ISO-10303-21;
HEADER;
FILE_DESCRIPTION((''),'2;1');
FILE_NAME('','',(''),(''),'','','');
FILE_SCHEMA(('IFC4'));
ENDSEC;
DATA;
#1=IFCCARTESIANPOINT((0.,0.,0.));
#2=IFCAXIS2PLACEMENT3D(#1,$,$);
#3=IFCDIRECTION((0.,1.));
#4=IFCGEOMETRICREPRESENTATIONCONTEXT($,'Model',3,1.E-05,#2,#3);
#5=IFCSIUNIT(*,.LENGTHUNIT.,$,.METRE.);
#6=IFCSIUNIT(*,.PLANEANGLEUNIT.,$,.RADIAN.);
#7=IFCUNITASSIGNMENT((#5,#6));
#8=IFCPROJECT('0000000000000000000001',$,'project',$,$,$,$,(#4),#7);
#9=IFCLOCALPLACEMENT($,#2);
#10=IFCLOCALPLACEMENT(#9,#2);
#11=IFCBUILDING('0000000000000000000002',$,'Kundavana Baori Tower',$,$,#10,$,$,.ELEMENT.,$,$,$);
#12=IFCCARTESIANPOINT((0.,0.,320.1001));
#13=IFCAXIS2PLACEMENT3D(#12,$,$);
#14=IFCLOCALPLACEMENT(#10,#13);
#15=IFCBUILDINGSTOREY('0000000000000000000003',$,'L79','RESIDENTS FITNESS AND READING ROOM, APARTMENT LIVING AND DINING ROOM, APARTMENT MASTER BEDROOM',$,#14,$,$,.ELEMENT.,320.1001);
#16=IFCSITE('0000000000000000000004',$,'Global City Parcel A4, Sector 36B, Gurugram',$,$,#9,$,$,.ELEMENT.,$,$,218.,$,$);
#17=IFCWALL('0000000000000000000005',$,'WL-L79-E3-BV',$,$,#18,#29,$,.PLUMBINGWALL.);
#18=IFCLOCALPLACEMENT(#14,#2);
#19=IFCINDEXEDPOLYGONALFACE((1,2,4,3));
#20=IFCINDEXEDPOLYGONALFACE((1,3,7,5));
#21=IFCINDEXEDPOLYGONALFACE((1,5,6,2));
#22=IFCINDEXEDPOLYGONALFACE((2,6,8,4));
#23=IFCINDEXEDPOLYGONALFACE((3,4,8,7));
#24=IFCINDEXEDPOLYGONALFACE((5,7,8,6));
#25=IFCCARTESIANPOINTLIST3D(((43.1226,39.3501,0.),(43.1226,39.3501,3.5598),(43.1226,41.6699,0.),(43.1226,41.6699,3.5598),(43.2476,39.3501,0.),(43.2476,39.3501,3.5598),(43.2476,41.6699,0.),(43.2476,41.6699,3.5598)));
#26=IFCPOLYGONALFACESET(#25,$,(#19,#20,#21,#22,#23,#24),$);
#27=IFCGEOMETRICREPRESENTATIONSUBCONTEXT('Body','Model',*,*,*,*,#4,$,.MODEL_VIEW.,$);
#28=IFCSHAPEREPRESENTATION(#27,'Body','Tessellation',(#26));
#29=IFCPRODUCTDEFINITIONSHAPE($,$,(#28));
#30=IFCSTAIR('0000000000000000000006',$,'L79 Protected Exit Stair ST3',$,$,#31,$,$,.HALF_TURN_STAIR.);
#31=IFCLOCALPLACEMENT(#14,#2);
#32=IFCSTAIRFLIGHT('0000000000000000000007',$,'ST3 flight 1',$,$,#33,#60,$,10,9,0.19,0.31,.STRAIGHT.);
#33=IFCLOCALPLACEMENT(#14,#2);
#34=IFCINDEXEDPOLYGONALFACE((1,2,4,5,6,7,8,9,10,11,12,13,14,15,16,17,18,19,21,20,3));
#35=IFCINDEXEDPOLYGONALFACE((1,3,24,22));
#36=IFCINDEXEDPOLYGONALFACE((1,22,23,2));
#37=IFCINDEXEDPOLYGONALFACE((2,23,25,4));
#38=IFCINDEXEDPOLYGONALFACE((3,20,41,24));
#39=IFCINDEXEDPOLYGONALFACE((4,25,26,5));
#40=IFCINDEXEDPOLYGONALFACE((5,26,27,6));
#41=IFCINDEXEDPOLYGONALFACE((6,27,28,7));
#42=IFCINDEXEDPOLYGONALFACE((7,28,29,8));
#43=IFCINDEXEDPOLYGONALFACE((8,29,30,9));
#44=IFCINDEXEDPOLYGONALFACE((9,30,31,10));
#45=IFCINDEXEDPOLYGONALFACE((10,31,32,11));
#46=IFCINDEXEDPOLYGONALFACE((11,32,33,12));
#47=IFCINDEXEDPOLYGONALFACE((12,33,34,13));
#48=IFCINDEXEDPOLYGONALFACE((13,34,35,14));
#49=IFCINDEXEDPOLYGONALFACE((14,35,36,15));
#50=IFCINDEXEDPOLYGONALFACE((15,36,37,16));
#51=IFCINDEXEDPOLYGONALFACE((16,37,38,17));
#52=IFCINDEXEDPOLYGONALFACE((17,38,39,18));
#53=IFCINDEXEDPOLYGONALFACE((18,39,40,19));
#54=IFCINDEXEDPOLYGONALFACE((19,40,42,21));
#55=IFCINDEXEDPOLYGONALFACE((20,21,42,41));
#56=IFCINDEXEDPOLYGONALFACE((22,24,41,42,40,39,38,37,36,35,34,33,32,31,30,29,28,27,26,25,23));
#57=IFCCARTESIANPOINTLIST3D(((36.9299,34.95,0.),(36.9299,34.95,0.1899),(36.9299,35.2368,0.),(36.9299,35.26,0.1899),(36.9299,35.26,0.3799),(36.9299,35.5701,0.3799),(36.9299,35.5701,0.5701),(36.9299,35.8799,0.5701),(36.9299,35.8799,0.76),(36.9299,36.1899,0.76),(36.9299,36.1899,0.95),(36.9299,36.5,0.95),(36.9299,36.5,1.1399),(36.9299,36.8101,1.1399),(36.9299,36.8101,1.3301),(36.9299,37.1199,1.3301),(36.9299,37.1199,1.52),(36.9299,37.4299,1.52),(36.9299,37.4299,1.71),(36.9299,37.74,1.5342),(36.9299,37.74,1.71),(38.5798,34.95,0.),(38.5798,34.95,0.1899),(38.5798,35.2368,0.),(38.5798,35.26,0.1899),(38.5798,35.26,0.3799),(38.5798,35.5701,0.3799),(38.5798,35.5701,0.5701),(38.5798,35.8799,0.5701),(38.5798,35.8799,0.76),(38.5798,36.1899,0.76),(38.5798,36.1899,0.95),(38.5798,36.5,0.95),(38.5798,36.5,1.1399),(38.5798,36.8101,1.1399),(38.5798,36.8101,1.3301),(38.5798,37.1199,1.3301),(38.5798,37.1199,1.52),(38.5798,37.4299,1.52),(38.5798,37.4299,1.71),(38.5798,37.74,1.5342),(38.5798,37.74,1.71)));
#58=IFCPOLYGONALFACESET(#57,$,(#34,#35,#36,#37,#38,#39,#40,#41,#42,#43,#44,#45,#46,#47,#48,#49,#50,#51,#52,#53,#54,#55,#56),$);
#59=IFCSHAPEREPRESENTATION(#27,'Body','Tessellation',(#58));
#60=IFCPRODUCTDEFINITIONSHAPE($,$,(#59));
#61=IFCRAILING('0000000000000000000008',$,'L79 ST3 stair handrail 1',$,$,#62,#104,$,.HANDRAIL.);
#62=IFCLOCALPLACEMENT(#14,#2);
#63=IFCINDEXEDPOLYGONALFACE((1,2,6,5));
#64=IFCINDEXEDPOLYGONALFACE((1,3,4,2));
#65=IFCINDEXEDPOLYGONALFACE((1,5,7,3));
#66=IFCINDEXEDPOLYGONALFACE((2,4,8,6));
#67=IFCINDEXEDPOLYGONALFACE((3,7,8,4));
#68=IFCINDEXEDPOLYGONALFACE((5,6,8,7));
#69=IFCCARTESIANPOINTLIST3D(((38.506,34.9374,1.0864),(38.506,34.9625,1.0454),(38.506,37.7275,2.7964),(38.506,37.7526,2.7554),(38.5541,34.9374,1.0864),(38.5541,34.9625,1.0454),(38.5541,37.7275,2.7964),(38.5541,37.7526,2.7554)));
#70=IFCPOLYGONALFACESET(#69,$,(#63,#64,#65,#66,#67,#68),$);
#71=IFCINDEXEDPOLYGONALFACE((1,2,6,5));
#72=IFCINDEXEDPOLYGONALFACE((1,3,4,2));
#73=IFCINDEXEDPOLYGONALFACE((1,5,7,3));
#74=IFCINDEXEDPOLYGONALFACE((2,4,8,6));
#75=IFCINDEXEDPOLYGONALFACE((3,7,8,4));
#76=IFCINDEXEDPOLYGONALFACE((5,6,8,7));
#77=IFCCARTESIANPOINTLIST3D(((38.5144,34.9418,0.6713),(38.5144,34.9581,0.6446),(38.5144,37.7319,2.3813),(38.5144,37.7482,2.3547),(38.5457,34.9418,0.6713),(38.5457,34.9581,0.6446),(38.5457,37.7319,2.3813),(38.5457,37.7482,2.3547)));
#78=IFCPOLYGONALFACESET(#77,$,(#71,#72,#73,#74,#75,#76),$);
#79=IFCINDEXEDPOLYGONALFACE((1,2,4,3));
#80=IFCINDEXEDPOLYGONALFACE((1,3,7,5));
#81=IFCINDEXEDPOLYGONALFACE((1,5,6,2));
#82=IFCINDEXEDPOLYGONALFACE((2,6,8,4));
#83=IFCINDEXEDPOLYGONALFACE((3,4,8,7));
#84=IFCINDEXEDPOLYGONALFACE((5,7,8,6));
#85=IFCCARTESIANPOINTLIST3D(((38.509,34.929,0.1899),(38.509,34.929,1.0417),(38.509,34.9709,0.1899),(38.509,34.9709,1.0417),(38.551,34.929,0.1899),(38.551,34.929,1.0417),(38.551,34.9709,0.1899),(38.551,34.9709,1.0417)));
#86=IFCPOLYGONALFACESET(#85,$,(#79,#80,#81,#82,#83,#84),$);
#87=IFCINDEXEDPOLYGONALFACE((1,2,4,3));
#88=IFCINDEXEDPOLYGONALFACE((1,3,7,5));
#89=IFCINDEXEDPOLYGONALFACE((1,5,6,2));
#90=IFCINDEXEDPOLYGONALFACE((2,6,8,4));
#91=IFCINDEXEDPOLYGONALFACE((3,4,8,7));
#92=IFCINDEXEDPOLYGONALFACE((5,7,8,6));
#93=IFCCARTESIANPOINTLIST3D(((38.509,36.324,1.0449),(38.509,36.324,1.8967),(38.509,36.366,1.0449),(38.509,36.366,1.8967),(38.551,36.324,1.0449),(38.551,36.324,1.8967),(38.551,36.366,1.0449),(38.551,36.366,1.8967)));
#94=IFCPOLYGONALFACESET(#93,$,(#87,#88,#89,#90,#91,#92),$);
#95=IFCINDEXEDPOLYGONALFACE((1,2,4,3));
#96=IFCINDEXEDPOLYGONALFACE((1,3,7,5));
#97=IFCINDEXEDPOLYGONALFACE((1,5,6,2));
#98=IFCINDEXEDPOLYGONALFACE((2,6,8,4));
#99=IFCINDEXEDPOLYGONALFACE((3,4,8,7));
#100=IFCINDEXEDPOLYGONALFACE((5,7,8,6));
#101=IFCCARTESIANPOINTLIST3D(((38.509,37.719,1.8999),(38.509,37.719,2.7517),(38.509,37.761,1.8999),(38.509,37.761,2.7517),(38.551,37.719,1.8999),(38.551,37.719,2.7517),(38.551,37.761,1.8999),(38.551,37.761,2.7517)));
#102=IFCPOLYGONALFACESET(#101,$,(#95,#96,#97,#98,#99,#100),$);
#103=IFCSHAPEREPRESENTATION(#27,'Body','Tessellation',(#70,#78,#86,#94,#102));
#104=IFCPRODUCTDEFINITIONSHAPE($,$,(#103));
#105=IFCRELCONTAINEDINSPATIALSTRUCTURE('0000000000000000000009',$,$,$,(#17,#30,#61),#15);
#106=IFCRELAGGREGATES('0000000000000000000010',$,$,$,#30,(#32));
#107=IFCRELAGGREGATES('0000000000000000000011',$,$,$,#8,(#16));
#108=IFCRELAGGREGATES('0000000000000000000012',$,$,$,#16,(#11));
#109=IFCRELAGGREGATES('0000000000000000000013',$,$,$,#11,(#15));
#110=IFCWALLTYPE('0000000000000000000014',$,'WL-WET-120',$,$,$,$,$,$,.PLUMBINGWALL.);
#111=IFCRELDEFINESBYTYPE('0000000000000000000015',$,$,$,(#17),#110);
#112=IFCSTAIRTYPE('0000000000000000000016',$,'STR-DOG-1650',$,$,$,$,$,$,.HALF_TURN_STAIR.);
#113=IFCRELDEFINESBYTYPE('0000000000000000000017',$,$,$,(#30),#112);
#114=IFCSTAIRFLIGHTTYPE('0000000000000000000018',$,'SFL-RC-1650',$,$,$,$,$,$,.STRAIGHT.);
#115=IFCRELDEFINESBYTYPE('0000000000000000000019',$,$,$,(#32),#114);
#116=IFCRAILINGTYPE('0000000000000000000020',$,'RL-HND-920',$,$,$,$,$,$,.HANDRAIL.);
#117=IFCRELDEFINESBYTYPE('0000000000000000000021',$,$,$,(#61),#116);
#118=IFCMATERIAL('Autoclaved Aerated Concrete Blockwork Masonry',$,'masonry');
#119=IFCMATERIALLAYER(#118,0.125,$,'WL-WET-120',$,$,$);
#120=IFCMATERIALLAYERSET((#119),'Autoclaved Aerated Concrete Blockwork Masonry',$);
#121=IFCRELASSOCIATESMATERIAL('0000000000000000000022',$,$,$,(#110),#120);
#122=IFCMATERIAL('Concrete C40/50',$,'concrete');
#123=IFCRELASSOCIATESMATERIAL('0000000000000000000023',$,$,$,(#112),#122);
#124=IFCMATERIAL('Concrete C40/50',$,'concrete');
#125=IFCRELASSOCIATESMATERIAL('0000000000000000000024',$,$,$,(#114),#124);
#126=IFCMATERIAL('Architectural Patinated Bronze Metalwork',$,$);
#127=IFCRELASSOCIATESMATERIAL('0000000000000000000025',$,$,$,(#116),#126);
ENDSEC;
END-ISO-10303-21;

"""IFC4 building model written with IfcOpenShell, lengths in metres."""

from ifc_helpers import new_model, si_unit, direction, frame, frame_2d, origin, origin_2d, place, context, subcontext, project, spatial, polyline, rectangle, outline, extrude, material, layer, layer_set, type_object, element, aggregate, save


model = new_model("IFC4")

# Units and contexts
model_context = context("Model", 3, precision=1e-05, world=origin(), true_north=direction((0.0, 1.0)))
body_context = subcontext(model_context, "Body", "Model", "MODEL_VIEW")
ifc_project = project(units=[si_unit("LENGTHUNIT", "METRE"), si_unit("PLANEANGLEUNIT", "RADIAN")], contexts=[model_context])

# Site, building, storey
site_placement = place(None, origin())
site = spatial("IfcSite", under=ifc_project, at=site_placement, Name="Global City Parcel A4, Sector 36B, Gurugram", CompositionType="ELEMENT", RefElevation=218.0)
building_placement = place(site_placement, origin())
building = spatial("IfcBuilding", under=site, at=building_placement, Name="Kundavana Baori Tower", CompositionType="ELEMENT")
storey_placement = place(building_placement, frame((0.0, 0.0, 320.1001)))
storey = spatial("IfcBuildingStorey", under=building, at=storey_placement, Name="L79", Description="RESIDENTS FITNESS AND READING ROOM, APARTMENT LIVING AND DINING ROOM, APARTMENT MASTER BEDROOM", CompositionType="ELEMENT", Elevation=320.1001)

# Shared definitions
ifc_material_1 = material(Name="Autoclaved Aerated Concrete Blockwork Masonry", Category="masonry")
ifc_layer_1 = layer(ifc_material_1, 0.125, Name="WL-WET-120")
ifc_layer_set_1 = layer_set([ifc_layer_1], Name="Autoclaved Aerated Concrete Blockwork Masonry")
wall_type_1 = type_object("IfcWallType", Name="WL-WET-120", PredefinedType="PLUMBINGWALL", material=ifc_layer_set_1)

# Wall
wall_1_placement = place(storey_placement, frame((43.1851, 39.3501, 0.0), z_axis=(0.0, 0.0, 1.0), x_axis=(0.0, 1.0, 0.0)))
element("IfcWall", 1, at=wall_1_placement, inside=storey, type_object=wall_type_1, Name="WL-L79-E3-BV", PredefinedType="PLUMBINGWALL", context=body_context, shape_type="SweptSolid", body=[
    extrude(rectangle(XDim=2.3198, YDim=0.125, at=frame_2d((1.1599, 0.0))), origin(), (0.0, 0.0, 1.0), 3.5598),
])

# Stair, stair flight
ifc_material_2 = material(Name="Concrete C40/50", Category="concrete")
stair_type = type_object("IfcStairType", Name="STR-DOG-1650", PredefinedType="HALF_TURN_STAIR", material=ifc_material_2)
stair_placement = place(storey_placement, origin())
stair = element("IfcStair", 2, at=stair_placement, inside=storey, type_object=stair_type, Name="L79 Protected Exit Stair ST3", PredefinedType="HALF_TURN_STAIR")
ifc_material_3 = material(Name="Concrete C40/50", Category="concrete")
stair_flight_type = type_object("IfcStairFlightType", Name="SFL-RC-1650", PredefinedType="STRAIGHT", material=ifc_material_3)
stair_flight_placement = place(storey_placement, frame((37.7549, 34.95, 0.0), z_axis=(0.0, 0.0, 1.0), x_axis=(0.0, 1.0, 0.0)))
stair_flight = element("IfcStairFlight", 3, at=stair_flight_placement, type_object=stair_flight_type, Name="ST3 flight 1", NumberOfRisers=10, NumberOfTreads=9, PredefinedType="STRAIGHT", RiserHeight=0.19, TreadLength=0.31, context=body_context, shape_type="SweptSolid", body=[
    extrude(outline(polyline([(0.0, 0.0), (0.0, 0.1899), (0.3101, 0.1899), (0.3101, 0.3799), (0.6201, 0.3799), (0.6201, 0.5701), (0.9299, 0.5701), (0.9299, 0.76), (1.24, 0.76), (1.24, 0.95), (1.55, 0.95), (1.55, 1.1399), (1.8601, 1.1399), (1.8601, 1.3301), (2.1699, 1.3301), (2.1699, 1.52), (2.48, 1.52), (2.48, 1.71), (2.79, 1.71), (2.79, 1.8999), (2.79, 1.5342), (0.2869, 0.0), (0.0, 0.0)])), frame((0.0, 0.825, 0.0), z_axis=(0.0, -1.0, 0.0), x_axis=(1.0, 0.0, 0.0)), (0.0, 0.0, 1.0), 1.6499),
])
aggregate(stair, [stair_flight])

# Railing
ifc_material_4 = material(Name="Architectural Patinated Bronze Metalwork")
railing_type_1 = type_object("IfcRailingType", Name="RL-HND-920", PredefinedType="HANDRAIL", material=ifc_material_4)
railing_1_placement = place(storey_placement, frame((38.53, 34.95, 0.1899)))
element("IfcRailing", 4, at=railing_1_placement, inside=storey, type_object=railing_type_1, Name="L79 ST3 stair handrail 1", PredefinedType="HANDRAIL", context=body_context, shape_type="SweptSolid", body=[
    extrude(rectangle(XDim=0.0481, YDim=0.0481, at=origin_2d()), frame((0.0, 0.0, 0.876), z_axis=(0.0, 0.85261, 0.522548), x_axis=(-1.0, 0.0, 0.0)), (0.0, 0.0, 1.0), 3.2725),
    extrude(rectangle(XDim=0.0312, YDim=0.0312, at=origin_2d()), frame((0.0, 0.0, 0.468), z_axis=(0.0, 0.85261, 0.522548), x_axis=(-1.0, 0.0, 0.0)), (0.0, 0.0, 1.0), 3.2725),
    extrude(rectangle(XDim=0.042, YDim=0.042, at=origin_2d()), origin(), (0.0, 0.0, 1.0), 0.8518),
    extrude(rectangle(XDim=0.042, YDim=0.042, at=origin_2d()), frame((0.0, 1.395, 0.855)), (0.0, 0.0, 1.0), 0.8518),
    extrude(rectangle(XDim=0.042, YDim=0.042, at=origin_2d()), frame((0.0, 2.79, 1.71)), (0.0, 0.0, 1.0), 0.8518),
])

save(model, "model.ifc")
